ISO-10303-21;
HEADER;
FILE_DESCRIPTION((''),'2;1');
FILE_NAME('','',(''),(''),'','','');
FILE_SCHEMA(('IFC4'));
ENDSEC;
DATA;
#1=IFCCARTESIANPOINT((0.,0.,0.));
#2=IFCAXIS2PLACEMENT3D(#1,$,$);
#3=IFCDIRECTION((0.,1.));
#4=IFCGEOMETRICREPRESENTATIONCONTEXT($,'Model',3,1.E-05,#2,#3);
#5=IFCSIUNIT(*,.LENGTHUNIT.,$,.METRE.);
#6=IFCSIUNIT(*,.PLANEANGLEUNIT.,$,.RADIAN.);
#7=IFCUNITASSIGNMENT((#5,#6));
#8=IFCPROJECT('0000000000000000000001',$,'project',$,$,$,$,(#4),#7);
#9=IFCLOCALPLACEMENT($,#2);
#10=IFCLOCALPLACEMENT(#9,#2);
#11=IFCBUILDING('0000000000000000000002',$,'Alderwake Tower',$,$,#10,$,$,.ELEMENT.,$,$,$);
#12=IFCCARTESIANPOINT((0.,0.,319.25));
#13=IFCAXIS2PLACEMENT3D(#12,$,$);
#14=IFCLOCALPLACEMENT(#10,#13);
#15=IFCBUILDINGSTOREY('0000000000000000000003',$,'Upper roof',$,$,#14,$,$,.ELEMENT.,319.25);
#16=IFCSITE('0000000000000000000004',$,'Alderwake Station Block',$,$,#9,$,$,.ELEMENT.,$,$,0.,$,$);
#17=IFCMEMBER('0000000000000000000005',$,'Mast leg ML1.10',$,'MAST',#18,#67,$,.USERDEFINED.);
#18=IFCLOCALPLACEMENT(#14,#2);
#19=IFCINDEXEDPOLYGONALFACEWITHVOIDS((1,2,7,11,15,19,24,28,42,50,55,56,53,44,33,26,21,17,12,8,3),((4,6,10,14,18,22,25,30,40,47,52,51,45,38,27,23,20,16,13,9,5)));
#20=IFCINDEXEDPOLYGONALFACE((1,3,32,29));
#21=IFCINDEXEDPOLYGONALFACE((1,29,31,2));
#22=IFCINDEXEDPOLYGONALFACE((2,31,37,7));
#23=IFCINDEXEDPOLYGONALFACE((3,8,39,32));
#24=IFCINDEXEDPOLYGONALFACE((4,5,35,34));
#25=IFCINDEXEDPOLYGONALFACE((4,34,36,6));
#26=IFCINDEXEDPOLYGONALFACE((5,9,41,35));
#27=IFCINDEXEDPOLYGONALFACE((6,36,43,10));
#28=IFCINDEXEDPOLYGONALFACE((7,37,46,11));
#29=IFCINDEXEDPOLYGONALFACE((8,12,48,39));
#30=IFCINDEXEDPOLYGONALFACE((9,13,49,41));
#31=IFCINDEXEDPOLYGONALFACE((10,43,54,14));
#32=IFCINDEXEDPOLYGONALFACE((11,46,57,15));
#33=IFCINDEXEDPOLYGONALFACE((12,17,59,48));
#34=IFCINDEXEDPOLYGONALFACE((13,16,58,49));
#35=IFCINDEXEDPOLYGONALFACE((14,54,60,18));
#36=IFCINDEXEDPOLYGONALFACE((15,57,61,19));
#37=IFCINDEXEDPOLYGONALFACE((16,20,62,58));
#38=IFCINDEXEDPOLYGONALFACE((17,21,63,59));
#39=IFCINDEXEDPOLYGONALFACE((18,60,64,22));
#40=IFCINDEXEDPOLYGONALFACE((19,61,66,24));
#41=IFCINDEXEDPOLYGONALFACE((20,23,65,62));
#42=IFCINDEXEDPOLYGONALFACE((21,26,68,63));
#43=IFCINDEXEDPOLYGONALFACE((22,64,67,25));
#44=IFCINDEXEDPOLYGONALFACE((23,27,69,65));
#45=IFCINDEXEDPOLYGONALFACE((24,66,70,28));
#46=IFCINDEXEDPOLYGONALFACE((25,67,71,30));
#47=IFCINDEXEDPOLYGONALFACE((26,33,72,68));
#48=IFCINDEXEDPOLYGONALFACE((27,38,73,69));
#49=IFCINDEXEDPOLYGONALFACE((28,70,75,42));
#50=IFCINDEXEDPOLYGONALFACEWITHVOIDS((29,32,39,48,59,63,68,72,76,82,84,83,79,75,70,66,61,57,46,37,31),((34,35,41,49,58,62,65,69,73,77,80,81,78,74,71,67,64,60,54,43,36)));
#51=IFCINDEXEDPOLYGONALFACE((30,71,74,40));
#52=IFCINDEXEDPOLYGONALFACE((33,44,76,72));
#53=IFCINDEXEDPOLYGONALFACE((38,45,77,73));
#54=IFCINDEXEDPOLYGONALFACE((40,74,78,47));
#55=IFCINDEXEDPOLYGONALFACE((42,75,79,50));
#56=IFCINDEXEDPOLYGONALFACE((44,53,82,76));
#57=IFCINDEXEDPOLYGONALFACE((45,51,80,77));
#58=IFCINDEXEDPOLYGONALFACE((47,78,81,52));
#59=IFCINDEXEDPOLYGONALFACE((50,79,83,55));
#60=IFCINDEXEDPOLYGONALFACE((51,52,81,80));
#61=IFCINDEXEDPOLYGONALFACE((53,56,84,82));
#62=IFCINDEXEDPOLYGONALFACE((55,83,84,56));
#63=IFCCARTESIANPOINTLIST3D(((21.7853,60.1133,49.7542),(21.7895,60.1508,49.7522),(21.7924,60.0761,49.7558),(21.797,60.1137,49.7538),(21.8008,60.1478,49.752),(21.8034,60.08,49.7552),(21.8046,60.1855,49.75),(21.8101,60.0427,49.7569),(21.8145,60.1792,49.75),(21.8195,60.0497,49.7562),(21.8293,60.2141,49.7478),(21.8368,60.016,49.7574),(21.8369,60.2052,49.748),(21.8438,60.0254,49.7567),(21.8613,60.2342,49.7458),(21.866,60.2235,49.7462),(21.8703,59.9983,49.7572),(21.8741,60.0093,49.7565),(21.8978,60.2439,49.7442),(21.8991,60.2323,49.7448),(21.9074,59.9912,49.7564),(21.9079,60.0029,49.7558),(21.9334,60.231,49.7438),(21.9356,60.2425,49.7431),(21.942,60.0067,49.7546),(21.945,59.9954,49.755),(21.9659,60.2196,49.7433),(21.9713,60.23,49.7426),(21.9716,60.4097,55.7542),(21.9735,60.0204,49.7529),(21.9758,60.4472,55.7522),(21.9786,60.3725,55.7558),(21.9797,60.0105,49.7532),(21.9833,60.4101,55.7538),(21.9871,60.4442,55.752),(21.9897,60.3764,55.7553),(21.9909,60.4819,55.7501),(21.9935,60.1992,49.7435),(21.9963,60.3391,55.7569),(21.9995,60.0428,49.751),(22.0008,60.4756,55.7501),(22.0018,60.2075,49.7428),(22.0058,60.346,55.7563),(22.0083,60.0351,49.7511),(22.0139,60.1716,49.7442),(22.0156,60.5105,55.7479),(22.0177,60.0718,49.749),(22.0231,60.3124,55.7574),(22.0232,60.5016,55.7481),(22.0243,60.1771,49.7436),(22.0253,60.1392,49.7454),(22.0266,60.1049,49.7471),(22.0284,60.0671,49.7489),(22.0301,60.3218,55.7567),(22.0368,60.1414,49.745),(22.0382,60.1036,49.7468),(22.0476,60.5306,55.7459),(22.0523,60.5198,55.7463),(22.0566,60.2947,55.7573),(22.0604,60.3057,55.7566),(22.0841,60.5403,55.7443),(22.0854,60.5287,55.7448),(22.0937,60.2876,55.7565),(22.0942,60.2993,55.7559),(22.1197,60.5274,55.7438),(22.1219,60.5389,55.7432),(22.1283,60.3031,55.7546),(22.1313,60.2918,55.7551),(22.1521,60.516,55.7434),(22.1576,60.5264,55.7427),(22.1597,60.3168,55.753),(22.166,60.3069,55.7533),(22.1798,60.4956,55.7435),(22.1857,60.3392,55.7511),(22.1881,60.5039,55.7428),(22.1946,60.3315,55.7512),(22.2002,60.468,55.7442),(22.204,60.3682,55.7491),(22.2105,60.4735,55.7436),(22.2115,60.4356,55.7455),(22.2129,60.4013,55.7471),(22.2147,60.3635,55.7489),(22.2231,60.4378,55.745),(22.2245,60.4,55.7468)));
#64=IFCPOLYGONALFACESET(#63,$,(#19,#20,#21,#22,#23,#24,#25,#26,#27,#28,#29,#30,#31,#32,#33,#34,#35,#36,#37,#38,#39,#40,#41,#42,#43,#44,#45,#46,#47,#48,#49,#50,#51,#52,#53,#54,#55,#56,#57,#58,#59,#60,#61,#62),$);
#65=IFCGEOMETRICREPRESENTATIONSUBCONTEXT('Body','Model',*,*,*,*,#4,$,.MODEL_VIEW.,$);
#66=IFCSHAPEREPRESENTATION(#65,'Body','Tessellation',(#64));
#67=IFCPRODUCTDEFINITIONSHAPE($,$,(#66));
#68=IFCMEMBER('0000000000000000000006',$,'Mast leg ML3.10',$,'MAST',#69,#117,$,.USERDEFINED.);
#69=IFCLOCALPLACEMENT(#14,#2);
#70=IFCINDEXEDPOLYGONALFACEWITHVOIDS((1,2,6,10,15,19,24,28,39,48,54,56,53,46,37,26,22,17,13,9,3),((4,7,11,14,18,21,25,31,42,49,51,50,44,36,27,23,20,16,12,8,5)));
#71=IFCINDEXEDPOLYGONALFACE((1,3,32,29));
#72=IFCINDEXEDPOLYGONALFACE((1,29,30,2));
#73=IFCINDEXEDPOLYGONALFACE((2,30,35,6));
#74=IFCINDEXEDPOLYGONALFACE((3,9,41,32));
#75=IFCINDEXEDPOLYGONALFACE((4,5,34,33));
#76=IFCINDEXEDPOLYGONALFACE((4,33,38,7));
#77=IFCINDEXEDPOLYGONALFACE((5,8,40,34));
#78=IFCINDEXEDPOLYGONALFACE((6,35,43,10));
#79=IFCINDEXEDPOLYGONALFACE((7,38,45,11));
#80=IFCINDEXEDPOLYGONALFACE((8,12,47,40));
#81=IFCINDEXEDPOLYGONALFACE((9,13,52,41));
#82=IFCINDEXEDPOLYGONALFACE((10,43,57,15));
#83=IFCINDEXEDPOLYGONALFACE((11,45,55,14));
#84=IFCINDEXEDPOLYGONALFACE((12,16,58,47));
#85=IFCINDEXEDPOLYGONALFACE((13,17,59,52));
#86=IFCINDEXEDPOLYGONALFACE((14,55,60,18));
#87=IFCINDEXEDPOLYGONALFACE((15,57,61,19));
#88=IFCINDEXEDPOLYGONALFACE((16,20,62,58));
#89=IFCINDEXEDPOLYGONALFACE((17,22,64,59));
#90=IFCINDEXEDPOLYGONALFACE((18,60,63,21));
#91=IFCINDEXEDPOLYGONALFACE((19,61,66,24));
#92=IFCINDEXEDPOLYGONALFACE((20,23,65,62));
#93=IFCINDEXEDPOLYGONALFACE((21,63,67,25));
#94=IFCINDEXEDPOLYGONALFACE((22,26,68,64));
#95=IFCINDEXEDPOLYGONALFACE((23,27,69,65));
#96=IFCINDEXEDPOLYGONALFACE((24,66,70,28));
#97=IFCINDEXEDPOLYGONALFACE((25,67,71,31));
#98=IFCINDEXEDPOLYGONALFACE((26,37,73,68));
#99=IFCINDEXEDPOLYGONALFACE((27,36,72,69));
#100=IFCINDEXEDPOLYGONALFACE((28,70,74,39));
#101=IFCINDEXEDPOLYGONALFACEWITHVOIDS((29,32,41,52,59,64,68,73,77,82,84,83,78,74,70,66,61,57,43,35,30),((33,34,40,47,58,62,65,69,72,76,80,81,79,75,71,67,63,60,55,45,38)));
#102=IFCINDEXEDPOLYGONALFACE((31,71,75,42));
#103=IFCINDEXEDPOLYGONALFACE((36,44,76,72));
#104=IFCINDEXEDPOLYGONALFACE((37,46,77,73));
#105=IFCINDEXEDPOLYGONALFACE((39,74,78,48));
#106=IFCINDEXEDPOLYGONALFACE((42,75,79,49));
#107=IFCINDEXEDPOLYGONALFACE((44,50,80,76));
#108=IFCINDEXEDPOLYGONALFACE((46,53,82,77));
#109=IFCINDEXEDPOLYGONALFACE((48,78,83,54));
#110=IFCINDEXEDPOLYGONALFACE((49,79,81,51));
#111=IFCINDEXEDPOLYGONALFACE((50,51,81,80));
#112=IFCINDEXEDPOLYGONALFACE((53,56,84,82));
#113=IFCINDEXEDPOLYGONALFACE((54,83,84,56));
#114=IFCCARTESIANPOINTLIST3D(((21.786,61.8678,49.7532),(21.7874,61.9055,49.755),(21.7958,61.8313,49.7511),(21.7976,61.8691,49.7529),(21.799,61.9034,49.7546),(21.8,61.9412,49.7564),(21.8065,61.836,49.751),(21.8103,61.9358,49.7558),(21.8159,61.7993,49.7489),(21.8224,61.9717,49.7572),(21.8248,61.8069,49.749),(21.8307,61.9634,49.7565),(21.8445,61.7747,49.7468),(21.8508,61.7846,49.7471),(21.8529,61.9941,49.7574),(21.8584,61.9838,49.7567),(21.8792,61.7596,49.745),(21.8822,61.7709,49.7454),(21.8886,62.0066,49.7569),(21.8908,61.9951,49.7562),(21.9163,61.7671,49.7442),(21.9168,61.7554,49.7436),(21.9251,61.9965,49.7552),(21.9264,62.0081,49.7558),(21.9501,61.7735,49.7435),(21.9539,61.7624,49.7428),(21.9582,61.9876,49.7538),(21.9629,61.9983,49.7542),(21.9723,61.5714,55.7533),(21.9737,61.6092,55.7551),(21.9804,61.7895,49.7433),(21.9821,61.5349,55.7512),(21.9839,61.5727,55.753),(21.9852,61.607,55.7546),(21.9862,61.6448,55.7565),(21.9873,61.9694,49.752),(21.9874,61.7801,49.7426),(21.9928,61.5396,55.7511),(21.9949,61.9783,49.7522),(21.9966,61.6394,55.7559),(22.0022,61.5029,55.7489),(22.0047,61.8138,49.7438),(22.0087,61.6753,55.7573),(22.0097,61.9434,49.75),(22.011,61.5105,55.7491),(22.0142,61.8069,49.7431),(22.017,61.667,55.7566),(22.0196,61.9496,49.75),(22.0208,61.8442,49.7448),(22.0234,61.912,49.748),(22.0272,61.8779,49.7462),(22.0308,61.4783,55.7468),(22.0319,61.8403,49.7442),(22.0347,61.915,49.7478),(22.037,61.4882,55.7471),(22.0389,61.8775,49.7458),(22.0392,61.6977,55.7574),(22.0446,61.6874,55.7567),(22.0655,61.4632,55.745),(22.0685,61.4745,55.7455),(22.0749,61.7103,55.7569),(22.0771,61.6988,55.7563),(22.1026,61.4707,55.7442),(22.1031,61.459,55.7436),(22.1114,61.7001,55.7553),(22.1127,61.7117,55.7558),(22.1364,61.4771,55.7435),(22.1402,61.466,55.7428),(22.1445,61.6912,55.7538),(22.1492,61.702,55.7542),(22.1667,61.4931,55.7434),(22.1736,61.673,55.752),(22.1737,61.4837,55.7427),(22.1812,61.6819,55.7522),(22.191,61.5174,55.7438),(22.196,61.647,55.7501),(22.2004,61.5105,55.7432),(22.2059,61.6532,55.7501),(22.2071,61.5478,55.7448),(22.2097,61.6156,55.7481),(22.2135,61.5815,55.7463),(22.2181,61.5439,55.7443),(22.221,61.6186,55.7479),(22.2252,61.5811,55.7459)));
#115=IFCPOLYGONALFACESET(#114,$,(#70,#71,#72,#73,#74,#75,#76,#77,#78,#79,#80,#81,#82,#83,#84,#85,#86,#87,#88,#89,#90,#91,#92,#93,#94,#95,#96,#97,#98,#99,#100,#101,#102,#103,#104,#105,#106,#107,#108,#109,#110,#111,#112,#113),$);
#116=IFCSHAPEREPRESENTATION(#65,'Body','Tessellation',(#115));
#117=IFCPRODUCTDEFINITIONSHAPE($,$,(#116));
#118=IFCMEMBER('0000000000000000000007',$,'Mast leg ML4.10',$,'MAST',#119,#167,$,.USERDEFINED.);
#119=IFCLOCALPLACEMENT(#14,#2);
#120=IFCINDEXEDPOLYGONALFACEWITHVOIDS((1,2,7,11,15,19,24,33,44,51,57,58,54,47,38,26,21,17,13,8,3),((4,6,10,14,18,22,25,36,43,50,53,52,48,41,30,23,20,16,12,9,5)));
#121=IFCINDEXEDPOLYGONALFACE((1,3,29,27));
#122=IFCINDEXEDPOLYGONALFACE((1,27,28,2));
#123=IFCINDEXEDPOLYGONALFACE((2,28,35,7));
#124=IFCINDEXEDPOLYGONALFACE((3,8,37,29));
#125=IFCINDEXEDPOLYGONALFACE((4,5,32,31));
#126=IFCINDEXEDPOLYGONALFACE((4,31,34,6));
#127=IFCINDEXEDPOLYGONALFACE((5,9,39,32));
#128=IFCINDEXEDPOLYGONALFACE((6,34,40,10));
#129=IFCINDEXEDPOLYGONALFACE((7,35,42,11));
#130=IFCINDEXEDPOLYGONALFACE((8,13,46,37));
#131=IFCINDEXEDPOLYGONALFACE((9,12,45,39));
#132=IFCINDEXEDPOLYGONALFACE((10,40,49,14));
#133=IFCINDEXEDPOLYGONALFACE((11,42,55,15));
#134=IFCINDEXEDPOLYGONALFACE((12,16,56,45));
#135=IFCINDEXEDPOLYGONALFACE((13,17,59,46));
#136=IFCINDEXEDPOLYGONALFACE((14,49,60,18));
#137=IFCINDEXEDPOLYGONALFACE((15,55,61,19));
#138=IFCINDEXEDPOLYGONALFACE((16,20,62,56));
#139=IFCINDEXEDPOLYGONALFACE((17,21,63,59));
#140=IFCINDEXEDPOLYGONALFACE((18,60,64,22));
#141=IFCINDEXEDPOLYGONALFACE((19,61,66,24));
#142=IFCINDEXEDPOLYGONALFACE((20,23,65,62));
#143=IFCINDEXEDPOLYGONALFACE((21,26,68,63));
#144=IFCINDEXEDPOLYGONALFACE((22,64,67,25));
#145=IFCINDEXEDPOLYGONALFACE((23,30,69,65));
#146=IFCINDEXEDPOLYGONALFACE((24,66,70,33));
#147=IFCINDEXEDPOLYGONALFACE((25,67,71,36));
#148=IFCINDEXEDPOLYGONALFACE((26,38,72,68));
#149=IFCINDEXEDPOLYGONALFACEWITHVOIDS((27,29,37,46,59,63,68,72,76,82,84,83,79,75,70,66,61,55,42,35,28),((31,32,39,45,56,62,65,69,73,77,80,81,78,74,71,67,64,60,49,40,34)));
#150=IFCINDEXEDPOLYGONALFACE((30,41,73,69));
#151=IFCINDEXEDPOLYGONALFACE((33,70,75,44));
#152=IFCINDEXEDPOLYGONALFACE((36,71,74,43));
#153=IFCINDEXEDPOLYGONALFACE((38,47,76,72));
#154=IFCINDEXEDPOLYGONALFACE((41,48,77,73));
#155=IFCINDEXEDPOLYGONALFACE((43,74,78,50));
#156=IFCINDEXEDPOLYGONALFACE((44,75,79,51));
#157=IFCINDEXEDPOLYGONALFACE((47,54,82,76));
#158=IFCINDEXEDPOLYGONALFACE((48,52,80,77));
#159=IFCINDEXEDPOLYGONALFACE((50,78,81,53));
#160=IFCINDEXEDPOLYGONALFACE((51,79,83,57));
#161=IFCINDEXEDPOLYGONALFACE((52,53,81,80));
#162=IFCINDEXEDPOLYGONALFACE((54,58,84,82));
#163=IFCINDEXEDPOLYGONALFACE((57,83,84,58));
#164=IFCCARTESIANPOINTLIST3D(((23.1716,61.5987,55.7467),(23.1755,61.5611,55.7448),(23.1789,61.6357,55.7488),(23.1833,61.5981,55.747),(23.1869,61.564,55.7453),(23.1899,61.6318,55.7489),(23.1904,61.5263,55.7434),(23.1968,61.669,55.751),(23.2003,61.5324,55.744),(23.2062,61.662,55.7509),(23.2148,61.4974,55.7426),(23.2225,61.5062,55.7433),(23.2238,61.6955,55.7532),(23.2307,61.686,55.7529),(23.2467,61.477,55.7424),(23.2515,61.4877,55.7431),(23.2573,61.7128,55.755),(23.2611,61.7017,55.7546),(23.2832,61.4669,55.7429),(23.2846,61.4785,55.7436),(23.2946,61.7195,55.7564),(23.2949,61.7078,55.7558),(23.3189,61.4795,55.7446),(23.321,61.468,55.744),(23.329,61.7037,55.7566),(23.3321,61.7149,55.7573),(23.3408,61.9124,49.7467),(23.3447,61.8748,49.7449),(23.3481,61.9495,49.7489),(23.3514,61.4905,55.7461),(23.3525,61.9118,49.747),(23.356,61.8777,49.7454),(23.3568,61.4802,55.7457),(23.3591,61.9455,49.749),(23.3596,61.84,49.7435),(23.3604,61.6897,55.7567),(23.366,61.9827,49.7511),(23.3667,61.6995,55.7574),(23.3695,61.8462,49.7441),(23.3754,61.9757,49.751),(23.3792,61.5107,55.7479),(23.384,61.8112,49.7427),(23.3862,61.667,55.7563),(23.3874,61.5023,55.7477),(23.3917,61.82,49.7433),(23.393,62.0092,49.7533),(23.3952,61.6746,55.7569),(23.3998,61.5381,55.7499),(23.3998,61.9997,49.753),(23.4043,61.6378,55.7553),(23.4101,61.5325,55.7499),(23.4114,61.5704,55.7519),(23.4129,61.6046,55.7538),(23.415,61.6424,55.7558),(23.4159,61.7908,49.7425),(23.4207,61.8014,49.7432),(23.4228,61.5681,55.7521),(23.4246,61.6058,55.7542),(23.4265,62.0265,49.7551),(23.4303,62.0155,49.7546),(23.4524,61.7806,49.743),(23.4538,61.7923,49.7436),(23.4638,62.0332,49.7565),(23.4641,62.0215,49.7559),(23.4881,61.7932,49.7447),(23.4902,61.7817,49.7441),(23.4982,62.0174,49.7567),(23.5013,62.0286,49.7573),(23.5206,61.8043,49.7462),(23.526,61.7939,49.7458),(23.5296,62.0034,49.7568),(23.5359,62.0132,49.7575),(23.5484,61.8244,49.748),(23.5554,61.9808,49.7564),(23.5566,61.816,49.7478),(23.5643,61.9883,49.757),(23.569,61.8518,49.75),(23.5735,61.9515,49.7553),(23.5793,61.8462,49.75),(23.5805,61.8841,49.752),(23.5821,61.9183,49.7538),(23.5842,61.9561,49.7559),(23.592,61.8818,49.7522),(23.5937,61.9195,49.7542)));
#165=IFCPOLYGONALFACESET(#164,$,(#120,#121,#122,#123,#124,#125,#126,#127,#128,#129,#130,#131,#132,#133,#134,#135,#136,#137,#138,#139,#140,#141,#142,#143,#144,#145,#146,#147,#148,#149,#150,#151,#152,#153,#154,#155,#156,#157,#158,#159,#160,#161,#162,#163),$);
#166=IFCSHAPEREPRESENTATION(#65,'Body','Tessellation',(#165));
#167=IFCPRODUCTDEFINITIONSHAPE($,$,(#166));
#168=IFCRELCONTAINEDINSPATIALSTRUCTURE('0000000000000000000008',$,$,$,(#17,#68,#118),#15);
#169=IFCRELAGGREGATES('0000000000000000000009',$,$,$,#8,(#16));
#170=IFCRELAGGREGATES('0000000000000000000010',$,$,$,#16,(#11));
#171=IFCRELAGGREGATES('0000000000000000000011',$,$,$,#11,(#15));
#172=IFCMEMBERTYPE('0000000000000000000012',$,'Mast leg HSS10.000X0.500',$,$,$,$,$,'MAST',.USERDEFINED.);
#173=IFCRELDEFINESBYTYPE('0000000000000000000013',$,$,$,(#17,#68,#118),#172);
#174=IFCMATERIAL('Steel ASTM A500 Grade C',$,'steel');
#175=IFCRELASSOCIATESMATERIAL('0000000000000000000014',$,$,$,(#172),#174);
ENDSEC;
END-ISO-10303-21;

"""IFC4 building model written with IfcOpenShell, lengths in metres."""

from ifc_helpers import new_model, si_unit, direction, frame, origin, origin_2d, place, context, subcontext, project, spatial, hollow_circle, extrude, material, material_profile, profile_set, type_object, element, save


model = new_model("IFC4")

# Units and contexts
model_context = context("Model", 3, precision=1e-05, world=origin(), true_north=direction((0.0, 1.0)))
body_context = subcontext(model_context, "Body", "Model", "MODEL_VIEW")
ifc_project = project(units=[si_unit("LENGTHUNIT", "METRE"), si_unit("PLANEANGLEUNIT", "RADIAN")], contexts=[model_context])

# Site, building, storey
site_placement = place(None, origin())
site = spatial("IfcSite", under=ifc_project, at=site_placement, Name="Alderwake Station Block", CompositionType="ELEMENT", RefElevation=0.0)
building_placement = place(site_placement, origin())
building = spatial("IfcBuilding", under=site, at=building_placement, Name="Alderwake Tower", CompositionType="ELEMENT")
storey_placement = place(building_placement, frame((0.0, 0.0, 319.25)))
storey = spatial("IfcBuildingStorey", under=building, at=storey_placement, Name="Upper roof", CompositionType="ELEMENT", Elevation=319.25)

# Members
ifc_material_1 = material(Name="Steel ASTM A500 Grade C", Category="steel")
ifc_material_profile_1 = material_profile(ifc_material_1, hollow_circle(Radius=0.127, WallThickness=0.0117, at=origin_2d()), Name="HSS10.000X0.500")
ifc_profile_set_1 = profile_set([ifc_material_profile_1], Name="Steel ASTM A500 Grade C")
member_type_1 = type_object("IfcMemberType", Name="Mast leg HSS10.000X0.500", ElementType="MAST", PredefinedType="USERDEFINED", material=ifc_profile_set_1)
for number, where, z_axis, x_axis, name in (
    (1, (21.9121, 60.1179, 49.75), (0.030994, 0.049314, 0.998302), (-0.846663, 0.532129, 0.0), "Mast leg ML1.10"),
    (2, (21.9121, 61.8821, 49.75), (0.030994, -0.049314, 0.998302), (0.846663, 0.532129, 0.0), "Mast leg ML3.10"),
):
    element("IfcMember", number, at=place(storey_placement, frame(where, z_axis=z_axis, x_axis=x_axis)), inside=storey, type_object=member_type_1, Name=name, ObjectType="MAST", PredefinedType="USERDEFINED", context=body_context, shape_type="SweptSolid", body=[
        extrude(hollow_circle(Radius=0.127, WallThickness=0.0117, at=origin_2d()), origin(), (0.0, 0.0, 1.0), 6.0103),
    ])
member_1_placement = place(storey_placement, frame((23.4675, 61.9065, 49.75), z_axis=(-0.028149, -0.052195, 0.99824), x_axis=(0.880163, -0.474672, 0.0)))
element("IfcMember", 3, at=member_1_placement, inside=storey, type_object=member_type_1, Name="Mast leg ML4.10", ObjectType="MAST", PredefinedType="USERDEFINED", context=body_context, shape_type="SweptSolid", body=[
    extrude(hollow_circle(Radius=0.127, WallThickness=0.0117, at=origin_2d()), origin(), (0.0, 0.0, 1.0), 6.0105),
])

save(model, "model.ifc")
